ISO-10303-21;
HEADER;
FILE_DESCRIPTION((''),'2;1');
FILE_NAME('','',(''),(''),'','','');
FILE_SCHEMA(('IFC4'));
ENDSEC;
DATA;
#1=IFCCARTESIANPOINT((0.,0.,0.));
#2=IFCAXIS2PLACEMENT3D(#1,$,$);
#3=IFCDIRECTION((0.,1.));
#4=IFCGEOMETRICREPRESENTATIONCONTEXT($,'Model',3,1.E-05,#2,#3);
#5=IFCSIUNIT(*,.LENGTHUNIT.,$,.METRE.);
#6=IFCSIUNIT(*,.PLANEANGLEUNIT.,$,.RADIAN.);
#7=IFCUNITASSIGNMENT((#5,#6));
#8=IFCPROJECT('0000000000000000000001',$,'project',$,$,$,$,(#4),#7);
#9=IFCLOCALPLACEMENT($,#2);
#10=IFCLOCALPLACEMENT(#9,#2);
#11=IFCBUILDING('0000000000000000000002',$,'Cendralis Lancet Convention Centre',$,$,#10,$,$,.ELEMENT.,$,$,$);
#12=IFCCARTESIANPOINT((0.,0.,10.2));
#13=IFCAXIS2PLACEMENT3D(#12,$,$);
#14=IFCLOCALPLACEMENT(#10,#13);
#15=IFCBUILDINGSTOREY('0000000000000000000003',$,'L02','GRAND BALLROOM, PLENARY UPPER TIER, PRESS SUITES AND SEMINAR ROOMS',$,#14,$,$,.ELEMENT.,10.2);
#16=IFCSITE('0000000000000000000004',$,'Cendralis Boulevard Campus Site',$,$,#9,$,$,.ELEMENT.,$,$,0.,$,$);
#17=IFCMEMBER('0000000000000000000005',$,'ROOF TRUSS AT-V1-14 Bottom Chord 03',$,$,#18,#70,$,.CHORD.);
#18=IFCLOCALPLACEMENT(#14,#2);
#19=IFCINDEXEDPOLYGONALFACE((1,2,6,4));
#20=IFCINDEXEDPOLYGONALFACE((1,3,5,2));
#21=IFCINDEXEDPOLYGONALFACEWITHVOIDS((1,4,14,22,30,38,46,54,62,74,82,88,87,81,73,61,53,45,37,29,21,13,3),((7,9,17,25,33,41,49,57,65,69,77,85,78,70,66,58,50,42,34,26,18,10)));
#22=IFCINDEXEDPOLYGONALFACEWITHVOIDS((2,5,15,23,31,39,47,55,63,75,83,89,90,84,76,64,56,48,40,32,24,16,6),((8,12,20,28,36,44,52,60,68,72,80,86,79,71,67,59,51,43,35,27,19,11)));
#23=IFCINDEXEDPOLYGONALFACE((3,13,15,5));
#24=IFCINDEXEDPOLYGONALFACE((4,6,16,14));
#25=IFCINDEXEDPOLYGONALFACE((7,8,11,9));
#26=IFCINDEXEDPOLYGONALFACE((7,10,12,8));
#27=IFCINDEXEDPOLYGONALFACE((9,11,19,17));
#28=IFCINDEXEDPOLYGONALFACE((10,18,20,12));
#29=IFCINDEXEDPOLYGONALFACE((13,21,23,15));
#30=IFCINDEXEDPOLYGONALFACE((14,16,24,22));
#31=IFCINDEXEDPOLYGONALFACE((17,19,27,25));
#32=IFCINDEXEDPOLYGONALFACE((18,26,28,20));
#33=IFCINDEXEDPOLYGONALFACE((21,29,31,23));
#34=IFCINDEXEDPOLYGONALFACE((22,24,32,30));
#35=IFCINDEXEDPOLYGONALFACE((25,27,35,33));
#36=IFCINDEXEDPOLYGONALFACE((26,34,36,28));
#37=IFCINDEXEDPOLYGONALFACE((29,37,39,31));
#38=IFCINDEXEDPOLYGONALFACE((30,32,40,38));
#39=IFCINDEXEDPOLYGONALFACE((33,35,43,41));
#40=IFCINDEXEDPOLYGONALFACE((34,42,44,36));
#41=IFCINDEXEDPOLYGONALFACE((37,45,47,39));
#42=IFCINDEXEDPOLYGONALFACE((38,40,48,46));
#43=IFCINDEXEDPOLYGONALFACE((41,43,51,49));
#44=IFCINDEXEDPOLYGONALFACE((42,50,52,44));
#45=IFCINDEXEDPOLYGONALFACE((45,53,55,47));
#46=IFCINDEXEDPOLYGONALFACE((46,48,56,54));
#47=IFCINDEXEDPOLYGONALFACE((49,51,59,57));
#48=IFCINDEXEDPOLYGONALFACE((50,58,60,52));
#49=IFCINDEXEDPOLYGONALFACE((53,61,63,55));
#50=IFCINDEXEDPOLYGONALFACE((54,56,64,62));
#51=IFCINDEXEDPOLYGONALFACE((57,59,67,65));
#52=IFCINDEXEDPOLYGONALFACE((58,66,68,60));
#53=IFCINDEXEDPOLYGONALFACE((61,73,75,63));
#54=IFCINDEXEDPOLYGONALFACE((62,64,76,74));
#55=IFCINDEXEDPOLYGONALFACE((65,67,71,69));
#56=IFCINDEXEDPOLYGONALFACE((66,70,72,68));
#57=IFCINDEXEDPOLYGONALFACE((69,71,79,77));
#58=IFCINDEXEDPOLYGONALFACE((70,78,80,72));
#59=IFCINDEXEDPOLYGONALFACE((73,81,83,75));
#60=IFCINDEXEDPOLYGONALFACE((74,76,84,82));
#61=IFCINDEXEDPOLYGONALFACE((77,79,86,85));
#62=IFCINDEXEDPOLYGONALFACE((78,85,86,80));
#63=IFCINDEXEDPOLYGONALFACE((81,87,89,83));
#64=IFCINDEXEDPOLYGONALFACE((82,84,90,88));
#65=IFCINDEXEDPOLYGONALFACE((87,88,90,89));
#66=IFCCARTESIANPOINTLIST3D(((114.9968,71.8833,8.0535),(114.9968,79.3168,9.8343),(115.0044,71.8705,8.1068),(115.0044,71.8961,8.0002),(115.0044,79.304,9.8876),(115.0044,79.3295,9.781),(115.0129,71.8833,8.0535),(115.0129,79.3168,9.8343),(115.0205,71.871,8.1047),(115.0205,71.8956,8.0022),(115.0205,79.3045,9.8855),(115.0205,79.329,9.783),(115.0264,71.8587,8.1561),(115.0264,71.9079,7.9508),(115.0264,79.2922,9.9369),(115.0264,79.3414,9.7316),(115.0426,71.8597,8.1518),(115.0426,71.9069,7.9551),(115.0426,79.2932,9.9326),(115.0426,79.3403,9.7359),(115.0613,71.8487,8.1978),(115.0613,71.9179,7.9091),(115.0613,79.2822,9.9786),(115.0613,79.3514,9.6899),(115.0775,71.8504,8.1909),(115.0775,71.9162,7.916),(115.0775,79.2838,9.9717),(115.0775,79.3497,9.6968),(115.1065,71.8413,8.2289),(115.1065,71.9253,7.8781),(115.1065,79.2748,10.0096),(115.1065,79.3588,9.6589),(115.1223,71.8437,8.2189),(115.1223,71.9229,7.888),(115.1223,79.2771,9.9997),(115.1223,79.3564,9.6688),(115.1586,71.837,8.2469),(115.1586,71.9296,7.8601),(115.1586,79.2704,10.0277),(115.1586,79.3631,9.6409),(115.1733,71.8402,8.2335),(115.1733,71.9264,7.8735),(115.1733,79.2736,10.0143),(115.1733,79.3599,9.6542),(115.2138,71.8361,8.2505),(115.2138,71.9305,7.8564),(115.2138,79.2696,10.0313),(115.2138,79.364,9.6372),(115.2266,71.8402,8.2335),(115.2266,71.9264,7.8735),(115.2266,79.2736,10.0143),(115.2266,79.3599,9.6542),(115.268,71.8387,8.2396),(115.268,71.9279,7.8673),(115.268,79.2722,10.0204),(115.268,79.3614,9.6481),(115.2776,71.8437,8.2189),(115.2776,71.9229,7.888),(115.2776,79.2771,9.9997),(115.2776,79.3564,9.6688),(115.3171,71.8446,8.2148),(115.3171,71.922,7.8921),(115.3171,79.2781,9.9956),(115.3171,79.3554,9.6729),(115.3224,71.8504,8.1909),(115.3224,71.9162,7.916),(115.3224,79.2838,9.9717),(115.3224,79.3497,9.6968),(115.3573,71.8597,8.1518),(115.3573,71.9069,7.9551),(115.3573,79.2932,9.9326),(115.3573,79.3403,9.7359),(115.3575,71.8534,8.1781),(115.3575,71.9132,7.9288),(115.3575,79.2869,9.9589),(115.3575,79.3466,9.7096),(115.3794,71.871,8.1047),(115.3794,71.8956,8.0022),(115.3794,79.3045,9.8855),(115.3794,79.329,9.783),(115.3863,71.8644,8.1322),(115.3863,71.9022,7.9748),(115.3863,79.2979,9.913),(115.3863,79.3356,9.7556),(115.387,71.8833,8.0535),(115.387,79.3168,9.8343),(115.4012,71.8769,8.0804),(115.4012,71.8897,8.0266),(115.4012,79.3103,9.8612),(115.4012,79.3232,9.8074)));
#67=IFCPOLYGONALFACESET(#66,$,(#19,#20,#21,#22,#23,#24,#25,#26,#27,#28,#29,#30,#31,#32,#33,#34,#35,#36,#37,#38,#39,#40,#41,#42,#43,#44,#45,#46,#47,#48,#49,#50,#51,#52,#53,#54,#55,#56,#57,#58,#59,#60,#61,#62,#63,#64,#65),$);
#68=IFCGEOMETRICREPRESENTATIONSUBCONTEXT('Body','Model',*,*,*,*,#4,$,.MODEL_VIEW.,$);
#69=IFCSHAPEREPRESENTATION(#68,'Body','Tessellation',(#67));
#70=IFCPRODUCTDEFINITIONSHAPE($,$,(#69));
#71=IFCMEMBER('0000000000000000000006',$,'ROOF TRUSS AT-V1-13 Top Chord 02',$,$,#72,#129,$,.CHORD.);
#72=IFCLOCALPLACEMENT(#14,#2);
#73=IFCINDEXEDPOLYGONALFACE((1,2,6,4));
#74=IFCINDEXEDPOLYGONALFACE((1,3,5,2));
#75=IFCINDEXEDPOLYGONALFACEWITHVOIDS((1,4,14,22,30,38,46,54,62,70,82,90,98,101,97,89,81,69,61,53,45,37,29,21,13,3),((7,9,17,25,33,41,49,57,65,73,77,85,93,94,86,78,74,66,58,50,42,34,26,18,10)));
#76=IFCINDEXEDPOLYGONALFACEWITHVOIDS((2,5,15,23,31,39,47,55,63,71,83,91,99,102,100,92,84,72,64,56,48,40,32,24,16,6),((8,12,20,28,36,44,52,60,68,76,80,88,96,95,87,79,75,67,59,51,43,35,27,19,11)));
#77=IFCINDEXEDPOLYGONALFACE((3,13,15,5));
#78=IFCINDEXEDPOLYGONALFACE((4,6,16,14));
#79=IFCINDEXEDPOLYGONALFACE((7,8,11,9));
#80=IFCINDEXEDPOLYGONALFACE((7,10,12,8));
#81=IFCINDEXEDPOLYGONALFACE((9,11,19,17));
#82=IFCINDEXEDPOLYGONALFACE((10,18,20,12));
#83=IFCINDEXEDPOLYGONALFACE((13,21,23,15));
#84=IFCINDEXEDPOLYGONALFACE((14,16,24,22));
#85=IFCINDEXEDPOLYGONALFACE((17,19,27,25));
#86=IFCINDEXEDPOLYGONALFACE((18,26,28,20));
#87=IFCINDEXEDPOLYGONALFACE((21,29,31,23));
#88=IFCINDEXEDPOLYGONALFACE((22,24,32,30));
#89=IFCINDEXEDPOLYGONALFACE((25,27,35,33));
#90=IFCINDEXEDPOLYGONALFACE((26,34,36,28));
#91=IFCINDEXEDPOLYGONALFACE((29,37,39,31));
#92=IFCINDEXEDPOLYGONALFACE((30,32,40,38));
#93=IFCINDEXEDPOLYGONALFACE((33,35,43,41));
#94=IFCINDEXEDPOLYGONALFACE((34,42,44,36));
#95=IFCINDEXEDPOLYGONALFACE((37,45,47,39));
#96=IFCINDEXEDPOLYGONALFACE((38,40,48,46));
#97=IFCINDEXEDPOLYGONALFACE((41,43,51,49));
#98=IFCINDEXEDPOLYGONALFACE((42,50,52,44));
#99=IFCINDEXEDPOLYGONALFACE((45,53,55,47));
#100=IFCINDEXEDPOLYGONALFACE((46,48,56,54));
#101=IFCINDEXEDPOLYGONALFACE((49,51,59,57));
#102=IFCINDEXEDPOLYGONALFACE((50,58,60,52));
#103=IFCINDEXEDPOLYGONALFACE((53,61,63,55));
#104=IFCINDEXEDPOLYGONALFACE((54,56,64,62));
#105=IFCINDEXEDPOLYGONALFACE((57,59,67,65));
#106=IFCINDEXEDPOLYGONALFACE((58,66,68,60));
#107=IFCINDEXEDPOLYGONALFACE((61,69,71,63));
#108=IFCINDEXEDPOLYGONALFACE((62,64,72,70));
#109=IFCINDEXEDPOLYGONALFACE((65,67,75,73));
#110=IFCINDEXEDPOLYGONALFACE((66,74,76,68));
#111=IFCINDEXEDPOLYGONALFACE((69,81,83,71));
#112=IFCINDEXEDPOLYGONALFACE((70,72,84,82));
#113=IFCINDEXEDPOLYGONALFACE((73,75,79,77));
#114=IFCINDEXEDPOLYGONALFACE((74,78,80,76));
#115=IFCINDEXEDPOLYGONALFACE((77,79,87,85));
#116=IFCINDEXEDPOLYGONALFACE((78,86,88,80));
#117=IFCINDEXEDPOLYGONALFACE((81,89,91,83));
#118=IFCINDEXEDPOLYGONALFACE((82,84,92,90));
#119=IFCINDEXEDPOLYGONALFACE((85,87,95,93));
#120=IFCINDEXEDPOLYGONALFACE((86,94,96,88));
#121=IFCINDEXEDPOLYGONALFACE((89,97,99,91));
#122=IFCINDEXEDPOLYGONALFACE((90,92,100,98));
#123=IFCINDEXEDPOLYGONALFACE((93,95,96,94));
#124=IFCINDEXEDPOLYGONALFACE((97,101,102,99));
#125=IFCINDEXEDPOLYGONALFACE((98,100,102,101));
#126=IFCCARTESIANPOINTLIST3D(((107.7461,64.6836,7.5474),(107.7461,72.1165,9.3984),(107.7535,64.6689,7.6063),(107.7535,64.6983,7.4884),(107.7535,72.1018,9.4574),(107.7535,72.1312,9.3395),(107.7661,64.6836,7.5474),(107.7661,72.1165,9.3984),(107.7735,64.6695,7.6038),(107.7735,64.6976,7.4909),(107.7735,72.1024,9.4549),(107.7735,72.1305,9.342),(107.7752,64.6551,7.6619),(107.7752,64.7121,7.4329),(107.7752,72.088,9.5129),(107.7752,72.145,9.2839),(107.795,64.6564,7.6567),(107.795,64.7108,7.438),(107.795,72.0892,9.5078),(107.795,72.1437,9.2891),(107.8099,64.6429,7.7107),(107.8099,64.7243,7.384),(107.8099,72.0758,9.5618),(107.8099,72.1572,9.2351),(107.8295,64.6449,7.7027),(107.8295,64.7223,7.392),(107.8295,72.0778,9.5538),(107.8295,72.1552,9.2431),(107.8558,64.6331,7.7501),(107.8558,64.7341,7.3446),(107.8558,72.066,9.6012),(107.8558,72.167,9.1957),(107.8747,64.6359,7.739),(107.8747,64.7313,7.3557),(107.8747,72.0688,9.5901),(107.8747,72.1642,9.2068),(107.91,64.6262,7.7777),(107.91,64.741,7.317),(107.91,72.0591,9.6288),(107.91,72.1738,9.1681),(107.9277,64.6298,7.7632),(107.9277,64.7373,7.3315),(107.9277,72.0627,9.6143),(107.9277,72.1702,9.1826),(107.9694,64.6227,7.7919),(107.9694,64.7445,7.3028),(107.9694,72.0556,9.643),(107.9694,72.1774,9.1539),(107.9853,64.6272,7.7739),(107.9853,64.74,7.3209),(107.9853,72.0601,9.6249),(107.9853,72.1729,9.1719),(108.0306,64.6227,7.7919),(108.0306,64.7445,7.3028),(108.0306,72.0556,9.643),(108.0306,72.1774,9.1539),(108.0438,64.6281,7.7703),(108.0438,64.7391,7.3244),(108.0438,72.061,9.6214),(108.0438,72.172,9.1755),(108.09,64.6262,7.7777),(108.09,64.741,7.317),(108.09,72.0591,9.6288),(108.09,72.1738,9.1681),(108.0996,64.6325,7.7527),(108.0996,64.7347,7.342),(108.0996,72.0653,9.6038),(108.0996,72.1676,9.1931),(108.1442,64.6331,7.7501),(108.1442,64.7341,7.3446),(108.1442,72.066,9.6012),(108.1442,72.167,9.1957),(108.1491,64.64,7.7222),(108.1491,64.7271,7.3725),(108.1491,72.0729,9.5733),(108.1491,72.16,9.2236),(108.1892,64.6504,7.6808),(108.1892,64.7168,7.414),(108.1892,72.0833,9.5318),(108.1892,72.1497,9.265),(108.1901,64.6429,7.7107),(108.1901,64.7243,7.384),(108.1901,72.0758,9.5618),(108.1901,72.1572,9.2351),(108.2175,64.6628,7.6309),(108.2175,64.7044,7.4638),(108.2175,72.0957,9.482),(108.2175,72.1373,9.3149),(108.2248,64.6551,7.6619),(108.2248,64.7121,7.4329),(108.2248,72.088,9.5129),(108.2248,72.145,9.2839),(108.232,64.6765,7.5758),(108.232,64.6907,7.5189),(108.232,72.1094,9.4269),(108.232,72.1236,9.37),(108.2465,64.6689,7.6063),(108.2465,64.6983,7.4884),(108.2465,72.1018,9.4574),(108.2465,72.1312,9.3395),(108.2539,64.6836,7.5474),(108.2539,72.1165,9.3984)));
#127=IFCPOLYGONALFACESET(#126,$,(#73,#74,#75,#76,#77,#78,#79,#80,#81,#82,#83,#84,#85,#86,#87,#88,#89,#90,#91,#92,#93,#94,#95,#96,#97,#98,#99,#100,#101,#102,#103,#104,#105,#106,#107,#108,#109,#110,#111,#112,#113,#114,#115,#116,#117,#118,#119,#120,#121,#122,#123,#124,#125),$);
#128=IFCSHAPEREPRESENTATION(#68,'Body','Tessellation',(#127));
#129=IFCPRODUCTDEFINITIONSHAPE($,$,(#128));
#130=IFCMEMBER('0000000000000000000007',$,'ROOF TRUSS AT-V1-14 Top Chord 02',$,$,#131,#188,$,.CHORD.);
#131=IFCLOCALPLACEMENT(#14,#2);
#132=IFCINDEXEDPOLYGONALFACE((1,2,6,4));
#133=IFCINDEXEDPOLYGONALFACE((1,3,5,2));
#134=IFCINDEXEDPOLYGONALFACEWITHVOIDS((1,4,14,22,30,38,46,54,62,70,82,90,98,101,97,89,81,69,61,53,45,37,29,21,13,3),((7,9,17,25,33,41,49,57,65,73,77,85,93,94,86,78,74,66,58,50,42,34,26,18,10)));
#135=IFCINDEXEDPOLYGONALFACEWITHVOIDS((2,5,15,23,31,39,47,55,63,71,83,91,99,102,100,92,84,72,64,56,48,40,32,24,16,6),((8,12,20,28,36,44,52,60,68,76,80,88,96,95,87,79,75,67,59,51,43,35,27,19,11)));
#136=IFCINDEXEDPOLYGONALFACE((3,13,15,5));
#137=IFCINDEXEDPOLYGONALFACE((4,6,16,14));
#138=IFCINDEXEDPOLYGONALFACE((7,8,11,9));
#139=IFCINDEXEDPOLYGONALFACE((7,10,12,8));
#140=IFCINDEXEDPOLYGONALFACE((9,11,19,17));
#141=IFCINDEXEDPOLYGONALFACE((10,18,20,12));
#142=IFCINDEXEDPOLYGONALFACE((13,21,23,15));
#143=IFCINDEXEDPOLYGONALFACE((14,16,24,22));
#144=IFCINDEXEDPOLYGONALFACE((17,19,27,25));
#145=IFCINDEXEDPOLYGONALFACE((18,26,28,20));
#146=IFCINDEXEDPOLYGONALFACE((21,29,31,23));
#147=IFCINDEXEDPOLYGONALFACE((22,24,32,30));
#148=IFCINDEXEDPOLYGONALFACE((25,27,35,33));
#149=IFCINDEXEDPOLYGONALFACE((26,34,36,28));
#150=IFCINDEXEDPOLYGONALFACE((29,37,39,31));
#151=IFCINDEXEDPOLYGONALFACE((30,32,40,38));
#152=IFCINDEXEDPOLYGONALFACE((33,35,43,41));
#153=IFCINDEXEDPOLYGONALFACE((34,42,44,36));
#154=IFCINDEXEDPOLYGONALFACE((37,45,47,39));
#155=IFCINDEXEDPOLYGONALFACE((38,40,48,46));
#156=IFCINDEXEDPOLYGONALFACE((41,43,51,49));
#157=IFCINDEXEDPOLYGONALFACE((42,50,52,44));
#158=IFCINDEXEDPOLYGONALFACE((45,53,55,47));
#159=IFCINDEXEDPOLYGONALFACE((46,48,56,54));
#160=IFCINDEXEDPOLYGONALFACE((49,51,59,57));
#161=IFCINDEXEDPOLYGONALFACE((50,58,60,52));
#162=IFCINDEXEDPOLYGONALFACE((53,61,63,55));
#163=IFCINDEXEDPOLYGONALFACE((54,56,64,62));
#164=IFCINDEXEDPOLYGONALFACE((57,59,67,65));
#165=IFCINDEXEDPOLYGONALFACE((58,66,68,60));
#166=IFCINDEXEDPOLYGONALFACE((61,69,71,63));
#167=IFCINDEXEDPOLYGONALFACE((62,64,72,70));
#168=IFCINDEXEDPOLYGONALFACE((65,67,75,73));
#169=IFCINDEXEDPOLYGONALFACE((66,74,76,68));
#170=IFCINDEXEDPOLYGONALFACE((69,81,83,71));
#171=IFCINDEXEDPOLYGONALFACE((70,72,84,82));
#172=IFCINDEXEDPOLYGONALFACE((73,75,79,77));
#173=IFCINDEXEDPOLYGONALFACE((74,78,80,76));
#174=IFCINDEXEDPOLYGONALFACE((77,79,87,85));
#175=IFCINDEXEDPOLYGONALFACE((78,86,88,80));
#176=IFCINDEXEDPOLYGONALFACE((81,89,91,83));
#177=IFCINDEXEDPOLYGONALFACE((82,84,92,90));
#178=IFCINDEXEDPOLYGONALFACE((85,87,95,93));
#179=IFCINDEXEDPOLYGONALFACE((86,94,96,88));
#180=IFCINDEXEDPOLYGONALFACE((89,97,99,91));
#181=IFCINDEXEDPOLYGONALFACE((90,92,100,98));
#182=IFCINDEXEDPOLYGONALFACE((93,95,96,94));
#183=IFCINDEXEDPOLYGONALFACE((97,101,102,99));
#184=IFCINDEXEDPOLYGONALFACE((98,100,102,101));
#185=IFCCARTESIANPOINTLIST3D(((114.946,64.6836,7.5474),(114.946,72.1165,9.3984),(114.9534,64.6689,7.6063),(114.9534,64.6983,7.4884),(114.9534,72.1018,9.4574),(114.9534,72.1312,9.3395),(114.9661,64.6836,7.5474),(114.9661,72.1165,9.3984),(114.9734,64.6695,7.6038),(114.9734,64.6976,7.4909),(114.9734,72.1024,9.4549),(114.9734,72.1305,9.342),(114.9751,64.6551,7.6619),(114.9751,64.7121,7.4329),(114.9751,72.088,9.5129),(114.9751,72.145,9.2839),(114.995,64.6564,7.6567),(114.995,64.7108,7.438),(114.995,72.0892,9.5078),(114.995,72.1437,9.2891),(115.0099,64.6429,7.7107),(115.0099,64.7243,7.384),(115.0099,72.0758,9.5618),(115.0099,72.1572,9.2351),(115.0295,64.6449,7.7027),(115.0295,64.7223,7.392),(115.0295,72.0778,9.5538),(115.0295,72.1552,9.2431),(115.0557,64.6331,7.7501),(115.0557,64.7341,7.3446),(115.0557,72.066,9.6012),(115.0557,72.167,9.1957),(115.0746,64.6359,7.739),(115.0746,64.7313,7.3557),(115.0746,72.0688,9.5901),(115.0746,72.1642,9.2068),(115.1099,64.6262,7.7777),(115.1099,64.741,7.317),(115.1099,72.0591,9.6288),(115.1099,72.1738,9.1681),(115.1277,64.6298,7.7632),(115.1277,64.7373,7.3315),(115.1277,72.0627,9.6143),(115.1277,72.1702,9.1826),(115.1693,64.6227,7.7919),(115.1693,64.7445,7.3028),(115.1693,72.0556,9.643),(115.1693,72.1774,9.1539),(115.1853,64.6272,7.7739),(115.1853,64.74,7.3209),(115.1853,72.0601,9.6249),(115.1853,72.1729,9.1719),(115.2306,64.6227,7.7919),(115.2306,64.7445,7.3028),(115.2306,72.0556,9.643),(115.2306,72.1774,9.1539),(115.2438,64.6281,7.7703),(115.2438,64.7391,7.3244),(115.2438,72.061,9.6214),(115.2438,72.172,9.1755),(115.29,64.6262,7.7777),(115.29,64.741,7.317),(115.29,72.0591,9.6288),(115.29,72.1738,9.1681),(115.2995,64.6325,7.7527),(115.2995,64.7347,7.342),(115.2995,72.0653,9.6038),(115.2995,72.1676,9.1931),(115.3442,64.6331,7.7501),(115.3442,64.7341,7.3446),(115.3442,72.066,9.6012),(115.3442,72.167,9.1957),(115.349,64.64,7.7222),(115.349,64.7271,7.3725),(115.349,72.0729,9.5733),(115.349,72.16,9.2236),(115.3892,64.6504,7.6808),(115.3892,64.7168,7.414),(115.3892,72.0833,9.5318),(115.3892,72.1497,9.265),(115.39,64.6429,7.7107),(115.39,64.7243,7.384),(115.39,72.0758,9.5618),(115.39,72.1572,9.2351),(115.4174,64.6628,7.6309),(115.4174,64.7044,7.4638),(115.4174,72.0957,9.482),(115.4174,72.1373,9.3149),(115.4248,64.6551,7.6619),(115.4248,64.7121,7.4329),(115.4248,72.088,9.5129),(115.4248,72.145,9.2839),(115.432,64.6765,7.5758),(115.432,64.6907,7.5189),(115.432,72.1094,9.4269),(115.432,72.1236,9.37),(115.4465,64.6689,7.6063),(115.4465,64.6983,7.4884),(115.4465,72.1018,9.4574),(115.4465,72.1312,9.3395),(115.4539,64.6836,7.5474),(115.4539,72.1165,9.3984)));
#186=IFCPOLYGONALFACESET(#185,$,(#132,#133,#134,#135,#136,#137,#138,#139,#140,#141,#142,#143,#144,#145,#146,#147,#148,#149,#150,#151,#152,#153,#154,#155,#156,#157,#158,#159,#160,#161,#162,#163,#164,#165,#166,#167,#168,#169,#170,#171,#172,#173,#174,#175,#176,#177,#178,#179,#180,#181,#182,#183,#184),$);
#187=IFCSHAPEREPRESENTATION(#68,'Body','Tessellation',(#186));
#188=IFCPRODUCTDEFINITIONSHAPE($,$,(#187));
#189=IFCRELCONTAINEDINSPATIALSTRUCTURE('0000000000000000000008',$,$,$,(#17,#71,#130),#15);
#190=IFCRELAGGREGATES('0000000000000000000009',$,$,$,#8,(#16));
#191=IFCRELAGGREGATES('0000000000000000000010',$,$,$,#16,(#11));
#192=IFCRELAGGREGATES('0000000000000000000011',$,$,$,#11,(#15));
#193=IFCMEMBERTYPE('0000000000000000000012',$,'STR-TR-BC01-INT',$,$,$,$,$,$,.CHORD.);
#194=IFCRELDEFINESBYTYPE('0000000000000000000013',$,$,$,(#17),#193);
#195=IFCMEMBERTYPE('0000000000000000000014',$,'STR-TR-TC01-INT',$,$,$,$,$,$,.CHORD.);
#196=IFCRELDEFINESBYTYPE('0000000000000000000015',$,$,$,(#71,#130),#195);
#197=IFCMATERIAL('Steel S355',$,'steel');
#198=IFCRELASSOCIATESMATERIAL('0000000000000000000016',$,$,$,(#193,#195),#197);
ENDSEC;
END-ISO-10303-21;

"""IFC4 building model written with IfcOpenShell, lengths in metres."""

from ifc_helpers import new_model, si_unit, direction, frame, origin, origin_2d, place, context, subcontext, project, spatial, hollow_circle, extrude, material, material_profile, profile_set, type_object, element, save


model = new_model("IFC4")

# Units and contexts
model_context = context("Model", 3, precision=1e-05, world=origin(), true_north=direction((0.0, 1.0)))
body_context = subcontext(model_context, "Body", "Model", "MODEL_VIEW")
ifc_project = project(units=[si_unit("LENGTHUNIT", "METRE"), si_unit("PLANEANGLEUNIT", "RADIAN")], contexts=[model_context])

# Site, building, storey
site_placement = place(None, origin())
site = spatial("IfcSite", under=ifc_project, at=site_placement, Name="Cendralis Boulevard Campus Site", CompositionType="ELEMENT", RefElevation=0.0)
building_placement = place(site_placement, origin())
building = spatial("IfcBuilding", under=site, at=building_placement, Name="Cendralis Lancet Convention Centre", CompositionType="ELEMENT")
storey_placement = place(building_placement, frame((0.0, 0.0, 10.2)))
storey = spatial("IfcBuildingStorey", under=building, at=storey_placement, Name="L02", Description="GRAND BALLROOM, PLENARY UPPER TIER, PRESS SUITES AND SEMINAR ROOMS", CompositionType="ELEMENT", Elevation=10.2)

# Members
ifc_material = material(Name="Steel S355", Category="steel")
ifc_material_profile_1 = material_profile(ifc_material, hollow_circle(Radius=0.2031, WallThickness=0.0161, at=origin_2d()), Name="CHS 406.4x16.0")
ifc_profile_set_1 = profile_set([ifc_material_profile_1], Name="Steel S355")
member_type_1 = type_object("IfcMemberType", Name="STR-TR-BC01-INT", PredefinedType="CHORD", material=ifc_profile_set_1)
member_1_placement = place(storey_placement, frame((115.2, 71.8833, 8.0535), z_axis=(0.0, 0.972483, 0.232972), x_axis=(-1.0, 0.0, 0.0)))
element("IfcMember", 1, at=member_1_placement, inside=storey, type_object=member_type_1, Name="ROOF TRUSS AT-V1-14 Bottom Chord 03", PredefinedType="CHORD", context=body_context, shape_type="SweptSolid", body=[
    extrude(hollow_circle(Radius=0.2031, WallThickness=0.0161, at=origin_2d()), origin(), (0.0, 0.0, 1.0), 7.6438),
])
ifc_material_profile_2 = material_profile(ifc_material, hollow_circle(Radius=0.2539, WallThickness=0.02, at=origin_2d()), Name="CHS 508.0x20.0")
ifc_profile_set_2 = profile_set([ifc_material_profile_2], Name="Steel S355")
member_type_2 = type_object("IfcMemberType", Name="STR-TR-TC01-INT", PredefinedType="CHORD", material=ifc_profile_set_2)
for number, where, z_axis, x_axis, name in (
    (2, (108.0, 64.6836, 7.5474), (0.0, 0.970361, 0.241658), (-1.0, 0.0, 0.0), "ROOF TRUSS AT-V1-13 Top Chord 02"),
    (3, (115.2, 64.6836, 7.5474), (0.0, 0.970361, 0.241658), (-1.0, 0.0, 0.0), "ROOF TRUSS AT-V1-14 Top Chord 02"),
):
    element("IfcMember", number, at=place(storey_placement, frame(where, z_axis=z_axis, x_axis=x_axis)), inside=storey, type_object=member_type_2, Name=name, PredefinedType="CHORD", context=body_context, shape_type="SweptSolid", body=[
        extrude(hollow_circle(Radius=0.2539, WallThickness=0.02, at=origin_2d()), origin(), (0.0, 0.0, 1.0), 7.6599),
    ])

save(model, "model.ifc")
